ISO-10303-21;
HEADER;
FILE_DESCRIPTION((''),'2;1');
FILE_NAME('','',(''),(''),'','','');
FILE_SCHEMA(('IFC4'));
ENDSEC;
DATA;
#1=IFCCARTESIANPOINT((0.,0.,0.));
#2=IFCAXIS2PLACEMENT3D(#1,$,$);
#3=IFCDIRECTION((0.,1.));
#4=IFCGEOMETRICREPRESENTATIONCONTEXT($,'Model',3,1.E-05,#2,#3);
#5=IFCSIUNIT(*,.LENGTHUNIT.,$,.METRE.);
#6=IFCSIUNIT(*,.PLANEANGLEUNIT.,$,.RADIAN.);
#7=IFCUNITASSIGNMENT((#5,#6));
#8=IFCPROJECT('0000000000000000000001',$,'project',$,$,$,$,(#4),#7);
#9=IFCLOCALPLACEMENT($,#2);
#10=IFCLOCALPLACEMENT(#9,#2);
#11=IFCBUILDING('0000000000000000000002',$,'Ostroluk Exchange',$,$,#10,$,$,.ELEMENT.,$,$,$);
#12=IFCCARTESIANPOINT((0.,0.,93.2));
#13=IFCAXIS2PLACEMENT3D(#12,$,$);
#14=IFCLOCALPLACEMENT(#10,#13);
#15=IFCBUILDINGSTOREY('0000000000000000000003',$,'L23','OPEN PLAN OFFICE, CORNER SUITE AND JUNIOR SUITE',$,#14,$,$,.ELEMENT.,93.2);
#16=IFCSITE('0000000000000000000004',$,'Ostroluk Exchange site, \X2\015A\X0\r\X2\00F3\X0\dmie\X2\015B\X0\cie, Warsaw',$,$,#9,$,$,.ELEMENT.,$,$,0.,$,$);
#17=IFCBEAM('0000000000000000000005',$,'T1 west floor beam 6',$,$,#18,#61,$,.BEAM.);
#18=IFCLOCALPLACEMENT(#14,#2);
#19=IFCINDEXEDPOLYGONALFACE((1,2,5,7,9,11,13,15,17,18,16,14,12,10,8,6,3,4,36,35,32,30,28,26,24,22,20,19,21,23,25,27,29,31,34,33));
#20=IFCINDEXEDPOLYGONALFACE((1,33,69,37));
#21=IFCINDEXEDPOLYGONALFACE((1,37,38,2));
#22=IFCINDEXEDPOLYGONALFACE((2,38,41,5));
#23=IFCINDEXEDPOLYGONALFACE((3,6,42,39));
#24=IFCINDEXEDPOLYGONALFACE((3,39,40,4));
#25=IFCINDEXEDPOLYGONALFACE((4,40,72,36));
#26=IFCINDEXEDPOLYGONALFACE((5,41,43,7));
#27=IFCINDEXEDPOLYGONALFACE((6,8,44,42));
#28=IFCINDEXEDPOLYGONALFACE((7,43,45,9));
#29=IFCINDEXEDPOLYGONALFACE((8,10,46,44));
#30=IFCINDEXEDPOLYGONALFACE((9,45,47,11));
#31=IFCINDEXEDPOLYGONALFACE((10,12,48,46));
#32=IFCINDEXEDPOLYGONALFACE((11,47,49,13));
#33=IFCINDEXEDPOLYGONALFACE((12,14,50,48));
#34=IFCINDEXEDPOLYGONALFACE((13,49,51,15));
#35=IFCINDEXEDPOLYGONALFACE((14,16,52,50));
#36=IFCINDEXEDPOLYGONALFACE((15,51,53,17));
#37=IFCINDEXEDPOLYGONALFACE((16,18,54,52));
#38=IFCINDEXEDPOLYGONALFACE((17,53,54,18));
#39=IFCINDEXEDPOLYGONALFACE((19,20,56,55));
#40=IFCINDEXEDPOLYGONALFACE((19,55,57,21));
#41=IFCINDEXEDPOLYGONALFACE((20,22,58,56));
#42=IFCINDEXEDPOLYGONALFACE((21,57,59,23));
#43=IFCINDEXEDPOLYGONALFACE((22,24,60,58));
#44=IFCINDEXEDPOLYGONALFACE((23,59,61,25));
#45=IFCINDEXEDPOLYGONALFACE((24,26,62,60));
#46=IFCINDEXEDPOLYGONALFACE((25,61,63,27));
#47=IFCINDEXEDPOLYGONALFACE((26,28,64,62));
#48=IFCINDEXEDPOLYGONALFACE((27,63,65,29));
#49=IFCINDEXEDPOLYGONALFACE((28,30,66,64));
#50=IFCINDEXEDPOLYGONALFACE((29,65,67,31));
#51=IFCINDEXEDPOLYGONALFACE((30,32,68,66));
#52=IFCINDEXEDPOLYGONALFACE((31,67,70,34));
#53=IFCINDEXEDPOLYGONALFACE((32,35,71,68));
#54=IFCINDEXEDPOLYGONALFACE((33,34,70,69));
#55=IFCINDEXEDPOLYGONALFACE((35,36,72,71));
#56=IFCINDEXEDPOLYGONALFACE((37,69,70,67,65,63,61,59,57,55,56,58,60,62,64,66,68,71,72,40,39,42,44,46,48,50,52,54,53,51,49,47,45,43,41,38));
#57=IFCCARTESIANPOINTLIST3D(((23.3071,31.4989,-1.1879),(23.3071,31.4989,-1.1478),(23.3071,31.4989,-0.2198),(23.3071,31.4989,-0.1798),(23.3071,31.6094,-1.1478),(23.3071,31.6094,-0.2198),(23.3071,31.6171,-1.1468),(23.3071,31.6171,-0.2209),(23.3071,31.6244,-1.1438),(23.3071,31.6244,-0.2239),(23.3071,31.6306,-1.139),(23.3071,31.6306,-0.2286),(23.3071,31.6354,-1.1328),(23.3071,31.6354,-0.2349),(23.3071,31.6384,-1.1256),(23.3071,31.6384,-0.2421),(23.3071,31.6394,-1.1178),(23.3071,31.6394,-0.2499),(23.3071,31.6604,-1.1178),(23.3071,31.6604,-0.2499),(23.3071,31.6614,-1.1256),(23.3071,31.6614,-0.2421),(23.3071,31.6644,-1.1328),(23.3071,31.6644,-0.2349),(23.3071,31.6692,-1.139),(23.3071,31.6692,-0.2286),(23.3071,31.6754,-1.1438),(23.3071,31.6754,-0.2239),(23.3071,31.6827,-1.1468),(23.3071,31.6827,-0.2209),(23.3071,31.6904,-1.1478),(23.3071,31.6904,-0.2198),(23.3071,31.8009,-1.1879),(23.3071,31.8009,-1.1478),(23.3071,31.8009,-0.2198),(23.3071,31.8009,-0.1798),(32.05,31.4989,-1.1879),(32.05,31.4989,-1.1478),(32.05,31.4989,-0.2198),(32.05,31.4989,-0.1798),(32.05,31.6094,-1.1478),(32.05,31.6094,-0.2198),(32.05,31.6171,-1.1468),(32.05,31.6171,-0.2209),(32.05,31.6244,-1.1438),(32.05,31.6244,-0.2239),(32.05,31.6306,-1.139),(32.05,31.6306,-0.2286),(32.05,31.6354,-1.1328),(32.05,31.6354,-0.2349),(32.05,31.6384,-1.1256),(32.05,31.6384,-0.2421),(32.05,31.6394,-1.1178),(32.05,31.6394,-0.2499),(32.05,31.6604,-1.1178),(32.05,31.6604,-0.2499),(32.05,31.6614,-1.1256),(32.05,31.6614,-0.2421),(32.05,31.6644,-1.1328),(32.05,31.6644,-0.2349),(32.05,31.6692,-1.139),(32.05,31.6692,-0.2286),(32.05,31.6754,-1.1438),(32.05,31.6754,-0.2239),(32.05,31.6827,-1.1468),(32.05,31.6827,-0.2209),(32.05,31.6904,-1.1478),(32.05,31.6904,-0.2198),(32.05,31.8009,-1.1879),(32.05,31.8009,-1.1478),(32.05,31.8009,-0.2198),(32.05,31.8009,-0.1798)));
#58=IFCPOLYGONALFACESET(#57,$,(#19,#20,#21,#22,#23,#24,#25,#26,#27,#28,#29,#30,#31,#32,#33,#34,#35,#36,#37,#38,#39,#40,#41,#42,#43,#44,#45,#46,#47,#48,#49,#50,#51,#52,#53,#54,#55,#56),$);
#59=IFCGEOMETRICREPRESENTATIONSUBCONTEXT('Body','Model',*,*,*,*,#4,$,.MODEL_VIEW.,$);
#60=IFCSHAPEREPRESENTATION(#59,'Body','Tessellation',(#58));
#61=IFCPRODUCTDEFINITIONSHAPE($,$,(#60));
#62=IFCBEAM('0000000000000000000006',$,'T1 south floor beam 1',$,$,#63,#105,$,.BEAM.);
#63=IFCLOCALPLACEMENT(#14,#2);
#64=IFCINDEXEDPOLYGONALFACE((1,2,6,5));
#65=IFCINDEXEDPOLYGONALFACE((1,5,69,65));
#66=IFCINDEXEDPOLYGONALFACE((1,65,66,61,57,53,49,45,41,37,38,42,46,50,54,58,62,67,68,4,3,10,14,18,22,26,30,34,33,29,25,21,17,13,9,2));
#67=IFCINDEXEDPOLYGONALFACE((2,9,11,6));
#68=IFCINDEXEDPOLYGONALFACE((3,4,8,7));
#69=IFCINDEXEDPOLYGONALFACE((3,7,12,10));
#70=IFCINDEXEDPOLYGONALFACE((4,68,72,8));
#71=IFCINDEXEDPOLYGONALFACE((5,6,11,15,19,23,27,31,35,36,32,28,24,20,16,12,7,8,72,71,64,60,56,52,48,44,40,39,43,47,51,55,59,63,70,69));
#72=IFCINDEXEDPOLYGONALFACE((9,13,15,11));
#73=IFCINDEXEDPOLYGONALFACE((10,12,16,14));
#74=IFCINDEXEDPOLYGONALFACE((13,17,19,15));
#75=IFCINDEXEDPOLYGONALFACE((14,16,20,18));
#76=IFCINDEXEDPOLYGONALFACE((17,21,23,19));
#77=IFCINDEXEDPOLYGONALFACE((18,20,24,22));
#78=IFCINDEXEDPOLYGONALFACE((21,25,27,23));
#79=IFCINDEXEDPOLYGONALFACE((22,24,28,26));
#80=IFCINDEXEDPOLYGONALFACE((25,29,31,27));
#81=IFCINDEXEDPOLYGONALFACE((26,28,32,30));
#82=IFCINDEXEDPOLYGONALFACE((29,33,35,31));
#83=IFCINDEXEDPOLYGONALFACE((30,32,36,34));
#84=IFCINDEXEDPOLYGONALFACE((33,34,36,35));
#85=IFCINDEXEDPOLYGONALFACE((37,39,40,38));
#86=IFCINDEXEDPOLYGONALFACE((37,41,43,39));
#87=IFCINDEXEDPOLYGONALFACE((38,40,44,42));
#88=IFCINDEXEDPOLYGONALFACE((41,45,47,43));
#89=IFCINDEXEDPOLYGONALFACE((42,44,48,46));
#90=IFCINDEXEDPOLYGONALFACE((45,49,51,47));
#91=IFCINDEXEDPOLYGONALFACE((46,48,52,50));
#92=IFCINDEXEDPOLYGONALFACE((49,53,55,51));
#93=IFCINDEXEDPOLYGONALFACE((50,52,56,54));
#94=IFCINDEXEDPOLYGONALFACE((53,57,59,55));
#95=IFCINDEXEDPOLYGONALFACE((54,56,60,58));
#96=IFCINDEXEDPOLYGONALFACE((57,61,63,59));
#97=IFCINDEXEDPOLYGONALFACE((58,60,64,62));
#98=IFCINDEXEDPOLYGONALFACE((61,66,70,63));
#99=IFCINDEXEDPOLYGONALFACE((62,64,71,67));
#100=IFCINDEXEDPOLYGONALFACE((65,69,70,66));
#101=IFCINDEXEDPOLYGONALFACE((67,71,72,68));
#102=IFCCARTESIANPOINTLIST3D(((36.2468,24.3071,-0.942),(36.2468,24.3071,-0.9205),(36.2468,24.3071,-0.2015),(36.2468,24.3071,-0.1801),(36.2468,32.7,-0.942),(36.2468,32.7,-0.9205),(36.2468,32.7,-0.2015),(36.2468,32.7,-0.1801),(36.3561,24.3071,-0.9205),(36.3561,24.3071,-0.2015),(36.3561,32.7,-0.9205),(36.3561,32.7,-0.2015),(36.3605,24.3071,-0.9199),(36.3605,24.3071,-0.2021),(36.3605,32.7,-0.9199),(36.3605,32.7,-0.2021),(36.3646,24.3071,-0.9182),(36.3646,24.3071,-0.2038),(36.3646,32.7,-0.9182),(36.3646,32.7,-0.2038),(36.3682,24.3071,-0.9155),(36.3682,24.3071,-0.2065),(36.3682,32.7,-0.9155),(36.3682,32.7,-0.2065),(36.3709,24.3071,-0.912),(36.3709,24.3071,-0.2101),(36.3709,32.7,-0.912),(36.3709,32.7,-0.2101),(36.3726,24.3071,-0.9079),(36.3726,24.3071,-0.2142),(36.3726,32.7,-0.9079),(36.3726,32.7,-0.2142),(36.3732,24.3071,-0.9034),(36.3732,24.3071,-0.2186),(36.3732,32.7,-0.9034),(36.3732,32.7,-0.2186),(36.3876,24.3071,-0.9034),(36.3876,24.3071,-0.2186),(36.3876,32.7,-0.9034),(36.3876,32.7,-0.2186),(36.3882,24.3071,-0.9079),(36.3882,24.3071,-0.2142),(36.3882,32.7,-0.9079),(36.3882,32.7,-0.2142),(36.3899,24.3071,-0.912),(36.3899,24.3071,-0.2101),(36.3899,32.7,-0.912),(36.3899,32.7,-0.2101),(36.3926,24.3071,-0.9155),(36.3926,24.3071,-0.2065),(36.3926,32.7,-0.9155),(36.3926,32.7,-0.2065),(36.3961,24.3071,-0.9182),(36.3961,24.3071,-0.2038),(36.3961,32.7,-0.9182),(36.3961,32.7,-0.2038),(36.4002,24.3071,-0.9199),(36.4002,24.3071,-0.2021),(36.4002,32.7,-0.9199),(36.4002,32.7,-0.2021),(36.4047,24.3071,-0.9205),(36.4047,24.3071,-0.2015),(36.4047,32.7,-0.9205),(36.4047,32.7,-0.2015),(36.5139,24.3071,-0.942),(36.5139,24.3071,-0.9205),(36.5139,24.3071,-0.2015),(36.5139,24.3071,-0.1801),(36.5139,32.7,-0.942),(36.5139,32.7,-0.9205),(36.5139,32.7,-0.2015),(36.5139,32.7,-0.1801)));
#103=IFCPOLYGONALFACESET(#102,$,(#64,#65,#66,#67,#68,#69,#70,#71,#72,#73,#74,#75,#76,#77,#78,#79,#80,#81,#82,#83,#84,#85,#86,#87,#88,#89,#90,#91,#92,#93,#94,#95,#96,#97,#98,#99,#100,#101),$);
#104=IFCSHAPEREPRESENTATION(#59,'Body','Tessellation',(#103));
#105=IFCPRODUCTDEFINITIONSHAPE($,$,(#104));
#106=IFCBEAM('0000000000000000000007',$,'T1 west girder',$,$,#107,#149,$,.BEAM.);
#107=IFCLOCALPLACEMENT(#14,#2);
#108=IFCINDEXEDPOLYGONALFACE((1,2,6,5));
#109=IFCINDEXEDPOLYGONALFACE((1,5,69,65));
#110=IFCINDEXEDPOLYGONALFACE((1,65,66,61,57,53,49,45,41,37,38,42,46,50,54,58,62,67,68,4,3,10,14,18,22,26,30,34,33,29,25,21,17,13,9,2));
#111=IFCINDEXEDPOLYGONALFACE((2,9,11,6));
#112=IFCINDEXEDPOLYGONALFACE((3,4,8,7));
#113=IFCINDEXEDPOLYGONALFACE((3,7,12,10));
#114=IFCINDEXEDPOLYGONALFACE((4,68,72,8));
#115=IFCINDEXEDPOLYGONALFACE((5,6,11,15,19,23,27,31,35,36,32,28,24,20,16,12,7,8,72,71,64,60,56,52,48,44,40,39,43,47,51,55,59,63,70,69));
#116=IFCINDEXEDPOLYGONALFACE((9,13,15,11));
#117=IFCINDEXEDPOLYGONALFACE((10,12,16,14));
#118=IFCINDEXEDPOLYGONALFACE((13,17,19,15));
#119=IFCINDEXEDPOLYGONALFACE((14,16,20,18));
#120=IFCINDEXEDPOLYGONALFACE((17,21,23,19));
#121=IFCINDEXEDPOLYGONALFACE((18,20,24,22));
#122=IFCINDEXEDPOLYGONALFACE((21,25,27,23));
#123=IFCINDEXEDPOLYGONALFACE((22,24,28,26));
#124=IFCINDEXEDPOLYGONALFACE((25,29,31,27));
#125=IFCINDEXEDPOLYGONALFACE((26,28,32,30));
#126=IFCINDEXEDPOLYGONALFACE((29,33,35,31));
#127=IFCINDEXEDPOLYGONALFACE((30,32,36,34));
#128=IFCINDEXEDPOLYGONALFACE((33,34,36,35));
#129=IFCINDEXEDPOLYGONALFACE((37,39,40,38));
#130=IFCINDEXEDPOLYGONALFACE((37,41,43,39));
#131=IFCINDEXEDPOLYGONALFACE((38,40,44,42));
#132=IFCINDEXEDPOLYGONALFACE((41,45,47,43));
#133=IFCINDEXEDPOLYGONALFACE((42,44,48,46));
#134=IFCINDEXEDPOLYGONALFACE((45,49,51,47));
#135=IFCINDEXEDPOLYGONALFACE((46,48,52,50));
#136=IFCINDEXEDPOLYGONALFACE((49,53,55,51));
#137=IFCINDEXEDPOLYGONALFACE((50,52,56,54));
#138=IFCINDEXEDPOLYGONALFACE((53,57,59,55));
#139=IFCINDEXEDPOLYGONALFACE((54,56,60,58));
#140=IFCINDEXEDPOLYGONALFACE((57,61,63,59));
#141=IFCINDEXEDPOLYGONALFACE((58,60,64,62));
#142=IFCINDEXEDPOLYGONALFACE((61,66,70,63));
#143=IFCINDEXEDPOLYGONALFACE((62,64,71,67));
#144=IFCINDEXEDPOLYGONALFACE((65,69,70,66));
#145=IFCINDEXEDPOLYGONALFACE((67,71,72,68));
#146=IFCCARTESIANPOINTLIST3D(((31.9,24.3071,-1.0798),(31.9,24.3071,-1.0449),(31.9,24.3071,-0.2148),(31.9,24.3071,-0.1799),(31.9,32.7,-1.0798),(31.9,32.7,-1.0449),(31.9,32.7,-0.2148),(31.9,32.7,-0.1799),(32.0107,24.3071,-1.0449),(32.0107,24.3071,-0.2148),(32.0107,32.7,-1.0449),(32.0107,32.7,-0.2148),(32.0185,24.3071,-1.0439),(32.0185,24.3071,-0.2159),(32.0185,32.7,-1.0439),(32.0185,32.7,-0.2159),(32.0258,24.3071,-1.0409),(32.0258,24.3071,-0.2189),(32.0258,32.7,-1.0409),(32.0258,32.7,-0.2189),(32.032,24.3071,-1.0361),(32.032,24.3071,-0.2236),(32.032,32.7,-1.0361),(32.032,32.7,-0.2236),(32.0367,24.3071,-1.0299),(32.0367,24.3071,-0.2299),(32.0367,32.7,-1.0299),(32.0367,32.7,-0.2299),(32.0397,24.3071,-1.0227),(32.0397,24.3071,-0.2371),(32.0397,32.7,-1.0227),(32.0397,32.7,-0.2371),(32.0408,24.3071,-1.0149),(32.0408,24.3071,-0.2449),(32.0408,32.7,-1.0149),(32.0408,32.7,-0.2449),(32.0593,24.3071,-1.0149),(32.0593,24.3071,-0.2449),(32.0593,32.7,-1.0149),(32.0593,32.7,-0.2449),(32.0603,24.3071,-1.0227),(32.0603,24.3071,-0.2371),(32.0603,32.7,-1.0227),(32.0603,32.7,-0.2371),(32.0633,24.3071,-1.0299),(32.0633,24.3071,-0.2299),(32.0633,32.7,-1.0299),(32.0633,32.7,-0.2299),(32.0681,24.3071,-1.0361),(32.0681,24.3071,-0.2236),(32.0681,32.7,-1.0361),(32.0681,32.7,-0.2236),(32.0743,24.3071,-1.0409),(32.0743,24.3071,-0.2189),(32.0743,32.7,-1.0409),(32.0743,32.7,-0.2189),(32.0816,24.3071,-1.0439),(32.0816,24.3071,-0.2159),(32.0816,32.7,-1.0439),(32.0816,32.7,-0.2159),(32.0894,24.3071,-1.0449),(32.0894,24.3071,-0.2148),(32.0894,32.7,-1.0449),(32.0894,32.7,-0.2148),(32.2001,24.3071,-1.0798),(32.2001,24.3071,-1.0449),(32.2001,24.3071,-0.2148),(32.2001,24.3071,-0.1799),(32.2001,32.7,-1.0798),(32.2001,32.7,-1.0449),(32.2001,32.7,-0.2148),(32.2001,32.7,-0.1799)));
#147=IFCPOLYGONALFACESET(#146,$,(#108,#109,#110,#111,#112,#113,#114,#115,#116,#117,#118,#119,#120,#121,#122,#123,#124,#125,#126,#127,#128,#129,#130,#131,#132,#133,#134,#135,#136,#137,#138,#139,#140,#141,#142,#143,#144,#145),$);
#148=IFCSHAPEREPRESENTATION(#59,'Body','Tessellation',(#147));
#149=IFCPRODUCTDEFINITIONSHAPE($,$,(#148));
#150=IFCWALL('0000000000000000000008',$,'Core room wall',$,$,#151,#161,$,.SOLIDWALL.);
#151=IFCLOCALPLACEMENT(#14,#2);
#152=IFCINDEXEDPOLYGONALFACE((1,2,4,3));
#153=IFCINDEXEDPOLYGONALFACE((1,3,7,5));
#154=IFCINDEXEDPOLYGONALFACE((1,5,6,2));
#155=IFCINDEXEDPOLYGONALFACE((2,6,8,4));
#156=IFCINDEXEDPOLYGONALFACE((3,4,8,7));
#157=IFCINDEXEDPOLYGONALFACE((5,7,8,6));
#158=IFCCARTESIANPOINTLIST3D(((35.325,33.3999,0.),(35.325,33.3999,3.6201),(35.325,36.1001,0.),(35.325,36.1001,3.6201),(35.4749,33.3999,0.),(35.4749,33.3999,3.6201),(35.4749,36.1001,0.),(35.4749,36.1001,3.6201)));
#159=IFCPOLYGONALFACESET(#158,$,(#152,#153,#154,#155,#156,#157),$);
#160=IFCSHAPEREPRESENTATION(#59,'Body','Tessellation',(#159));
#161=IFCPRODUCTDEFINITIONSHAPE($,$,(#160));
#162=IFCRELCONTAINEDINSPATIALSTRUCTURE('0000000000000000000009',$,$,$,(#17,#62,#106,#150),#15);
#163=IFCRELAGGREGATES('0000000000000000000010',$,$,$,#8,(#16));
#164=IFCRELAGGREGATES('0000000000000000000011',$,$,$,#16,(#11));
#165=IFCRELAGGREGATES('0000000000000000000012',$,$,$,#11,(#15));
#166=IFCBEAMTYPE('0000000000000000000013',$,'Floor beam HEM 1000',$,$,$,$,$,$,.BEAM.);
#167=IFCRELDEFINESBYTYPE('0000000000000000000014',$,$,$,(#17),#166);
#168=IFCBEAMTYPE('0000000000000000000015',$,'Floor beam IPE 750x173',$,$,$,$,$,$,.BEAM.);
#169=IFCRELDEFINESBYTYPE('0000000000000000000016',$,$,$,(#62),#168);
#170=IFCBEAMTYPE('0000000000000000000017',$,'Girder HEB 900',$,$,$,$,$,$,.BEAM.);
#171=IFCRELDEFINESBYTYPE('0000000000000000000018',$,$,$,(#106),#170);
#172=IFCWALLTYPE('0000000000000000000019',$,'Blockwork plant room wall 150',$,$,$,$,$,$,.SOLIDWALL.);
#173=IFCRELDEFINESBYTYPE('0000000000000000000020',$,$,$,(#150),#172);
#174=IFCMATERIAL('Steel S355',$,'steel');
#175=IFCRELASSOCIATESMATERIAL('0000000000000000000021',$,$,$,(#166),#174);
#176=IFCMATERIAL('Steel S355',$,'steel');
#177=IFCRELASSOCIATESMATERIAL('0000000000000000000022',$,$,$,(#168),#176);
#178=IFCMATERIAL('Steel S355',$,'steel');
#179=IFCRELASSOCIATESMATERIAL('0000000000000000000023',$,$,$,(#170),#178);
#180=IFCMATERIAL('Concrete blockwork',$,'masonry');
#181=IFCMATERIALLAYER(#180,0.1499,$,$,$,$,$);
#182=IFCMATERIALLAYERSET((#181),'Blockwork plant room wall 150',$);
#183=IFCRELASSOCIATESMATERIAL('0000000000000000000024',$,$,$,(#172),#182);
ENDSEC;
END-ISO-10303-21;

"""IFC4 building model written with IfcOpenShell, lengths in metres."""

from ifc_helpers import new_model, si_unit, direction, frame, frame_2d, origin, origin_2d, place, context, subcontext, project, spatial, rectangle, i_section, extrude, material, layer, layer_set, material_profile, profile_set, type_object, element, save


model = new_model("IFC4")

# Units and contexts
model_context = context("Model", 3, precision=1e-05, world=origin(), true_north=direction((0.0, 1.0)))
body_context = subcontext(model_context, "Body", "Model", "MODEL_VIEW")
ifc_project = project(units=[si_unit("LENGTHUNIT", "METRE"), si_unit("PLANEANGLEUNIT", "RADIAN")], contexts=[model_context])

# Site, building, storey
site_placement = place(None, origin())
site = spatial("IfcSite", under=ifc_project, at=site_placement, Name="Ostroluk Exchange site, Śródmieście, Warsaw", CompositionType="ELEMENT", RefElevation=0.0)
building_placement = place(site_placement, origin())
building = spatial("IfcBuilding", under=site, at=building_placement, Name="Ostroluk Exchange", CompositionType="ELEMENT")
storey_placement = place(building_placement, frame((0.0, 0.0, 93.2)))
storey = spatial("IfcBuildingStorey", under=building, at=storey_placement, Name="L23", Description="OPEN PLAN OFFICE, CORNER SUITE AND JUNIOR SUITE", CompositionType="ELEMENT", Elevation=93.2)

# Beams
ifc_material_1 = material(Name="Steel S355", Category="steel")
ifc_material_profile_1 = material_profile(ifc_material_1, i_section(OverallWidth=0.302, OverallDepth=1.0081, WebThickness=0.021, FlangeThickness=0.04, FilletRadius=0.03, at=origin_2d()), Name="HEM 1000")
ifc_profile_set_1 = profile_set([ifc_material_profile_1], Name="Steel S355")
beam_type_1 = type_object("IfcBeamType", Name="Floor beam HEM 1000", PredefinedType="BEAM", material=ifc_profile_set_1)
beam_1_placement = place(storey_placement, frame((32.05, 31.6499, -0.6838), z_axis=(-1.0, 0.0, 0.0), x_axis=(0.0, -1.0, 0.0)))
element("IfcBeam", 1, at=beam_1_placement, inside=storey, type_object=beam_type_1, Name="T1 west floor beam 6", PredefinedType="BEAM", context=body_context, shape_type="SweptSolid", body=[
    extrude(i_section(OverallWidth=0.302, OverallDepth=1.0081, WebThickness=0.021, FlangeThickness=0.04, FilletRadius=0.03, at=origin_2d()), origin(), (0.0, 0.0, 1.0), 8.7429),
])
ifc_material_2 = material(Name="Steel S355", Category="steel")
ifc_material_profile_2 = material_profile(ifc_material_2, i_section(OverallWidth=0.2671, OverallDepth=0.762, WebThickness=0.0144, FlangeThickness=0.0215, FilletRadius=0.0171, at=origin_2d()), Name="IPE 750x173")
ifc_profile_set_2 = profile_set([ifc_material_profile_2], Name="Steel S355")
beam_type_2 = type_object("IfcBeamType", Name="Floor beam IPE 750x173", PredefinedType="BEAM", material=ifc_profile_set_2)
beam_2_placement = place(storey_placement, frame((36.3804, 32.7, -0.561), z_axis=(0.0, -1.0, 0.0), x_axis=(1.0, 0.0, 0.0)))
element("IfcBeam", 2, at=beam_2_placement, inside=storey, type_object=beam_type_2, Name="T1 south floor beam 1", PredefinedType="BEAM", context=body_context, shape_type="SweptSolid", body=[
    extrude(i_section(OverallWidth=0.2671, OverallDepth=0.762, WebThickness=0.0144, FlangeThickness=0.0215, FilletRadius=0.0171, at=origin_2d()), origin(), (0.0, 0.0, 1.0), 8.3928),
])
ifc_material_3 = material(Name="Steel S355", Category="steel")
ifc_material_profile_3 = material_profile(ifc_material_3, i_section(OverallWidth=0.3, OverallDepth=0.8999, WebThickness=0.0186, FlangeThickness=0.0349, FilletRadius=0.03, at=origin_2d()), Name="HEB 900")
ifc_profile_set_3 = profile_set([ifc_material_profile_3], Name="Steel S355")
beam_type_3 = type_object("IfcBeamType", Name="Girder HEB 900", PredefinedType="BEAM", material=ifc_profile_set_3)
beam_3_placement = place(storey_placement, frame((32.05, 32.7, -0.6299), z_axis=(0.0, -1.0, 0.0), x_axis=(1.0, 0.0, 0.0)))
element("IfcBeam", 3, at=beam_3_placement, inside=storey, type_object=beam_type_3, Name="T1 west girder", PredefinedType="BEAM", context=body_context, shape_type="SweptSolid", body=[
    extrude(i_section(OverallWidth=0.3, OverallDepth=0.8999, WebThickness=0.0186, FlangeThickness=0.0349, FilletRadius=0.03, at=origin_2d()), origin(), (0.0, 0.0, 1.0), 8.3928),
])

# Wall
ifc_material_4 = material(Name="Concrete blockwork", Category="masonry")
ifc_layer_1 = layer(ifc_material_4, 0.1499)
ifc_layer_set_1 = layer_set([ifc_layer_1], Name="Blockwork plant room wall 150")
wall_type_1 = type_object("IfcWallType", Name="Blockwork plant room wall 150", PredefinedType="SOLIDWALL", material=ifc_layer_set_1)
wall_1_placement = place(storey_placement, frame((35.3999, 33.3999, 0.0), z_axis=(0.0, 0.0, 1.0), x_axis=(0.0, 1.0, 0.0)))
element("IfcWall", 4, at=wall_1_placement, inside=storey, type_object=wall_type_1, Name="Core room wall", PredefinedType="SOLIDWALL", context=body_context, shape_type="SweptSolid", body=[
    extrude(rectangle(XDim=2.7002, YDim=0.1499, at=frame_2d((1.3501, 0.0))), origin(), (0.0, 0.0, 1.0), 3.6201),
])

save(model, "model.ifc")
